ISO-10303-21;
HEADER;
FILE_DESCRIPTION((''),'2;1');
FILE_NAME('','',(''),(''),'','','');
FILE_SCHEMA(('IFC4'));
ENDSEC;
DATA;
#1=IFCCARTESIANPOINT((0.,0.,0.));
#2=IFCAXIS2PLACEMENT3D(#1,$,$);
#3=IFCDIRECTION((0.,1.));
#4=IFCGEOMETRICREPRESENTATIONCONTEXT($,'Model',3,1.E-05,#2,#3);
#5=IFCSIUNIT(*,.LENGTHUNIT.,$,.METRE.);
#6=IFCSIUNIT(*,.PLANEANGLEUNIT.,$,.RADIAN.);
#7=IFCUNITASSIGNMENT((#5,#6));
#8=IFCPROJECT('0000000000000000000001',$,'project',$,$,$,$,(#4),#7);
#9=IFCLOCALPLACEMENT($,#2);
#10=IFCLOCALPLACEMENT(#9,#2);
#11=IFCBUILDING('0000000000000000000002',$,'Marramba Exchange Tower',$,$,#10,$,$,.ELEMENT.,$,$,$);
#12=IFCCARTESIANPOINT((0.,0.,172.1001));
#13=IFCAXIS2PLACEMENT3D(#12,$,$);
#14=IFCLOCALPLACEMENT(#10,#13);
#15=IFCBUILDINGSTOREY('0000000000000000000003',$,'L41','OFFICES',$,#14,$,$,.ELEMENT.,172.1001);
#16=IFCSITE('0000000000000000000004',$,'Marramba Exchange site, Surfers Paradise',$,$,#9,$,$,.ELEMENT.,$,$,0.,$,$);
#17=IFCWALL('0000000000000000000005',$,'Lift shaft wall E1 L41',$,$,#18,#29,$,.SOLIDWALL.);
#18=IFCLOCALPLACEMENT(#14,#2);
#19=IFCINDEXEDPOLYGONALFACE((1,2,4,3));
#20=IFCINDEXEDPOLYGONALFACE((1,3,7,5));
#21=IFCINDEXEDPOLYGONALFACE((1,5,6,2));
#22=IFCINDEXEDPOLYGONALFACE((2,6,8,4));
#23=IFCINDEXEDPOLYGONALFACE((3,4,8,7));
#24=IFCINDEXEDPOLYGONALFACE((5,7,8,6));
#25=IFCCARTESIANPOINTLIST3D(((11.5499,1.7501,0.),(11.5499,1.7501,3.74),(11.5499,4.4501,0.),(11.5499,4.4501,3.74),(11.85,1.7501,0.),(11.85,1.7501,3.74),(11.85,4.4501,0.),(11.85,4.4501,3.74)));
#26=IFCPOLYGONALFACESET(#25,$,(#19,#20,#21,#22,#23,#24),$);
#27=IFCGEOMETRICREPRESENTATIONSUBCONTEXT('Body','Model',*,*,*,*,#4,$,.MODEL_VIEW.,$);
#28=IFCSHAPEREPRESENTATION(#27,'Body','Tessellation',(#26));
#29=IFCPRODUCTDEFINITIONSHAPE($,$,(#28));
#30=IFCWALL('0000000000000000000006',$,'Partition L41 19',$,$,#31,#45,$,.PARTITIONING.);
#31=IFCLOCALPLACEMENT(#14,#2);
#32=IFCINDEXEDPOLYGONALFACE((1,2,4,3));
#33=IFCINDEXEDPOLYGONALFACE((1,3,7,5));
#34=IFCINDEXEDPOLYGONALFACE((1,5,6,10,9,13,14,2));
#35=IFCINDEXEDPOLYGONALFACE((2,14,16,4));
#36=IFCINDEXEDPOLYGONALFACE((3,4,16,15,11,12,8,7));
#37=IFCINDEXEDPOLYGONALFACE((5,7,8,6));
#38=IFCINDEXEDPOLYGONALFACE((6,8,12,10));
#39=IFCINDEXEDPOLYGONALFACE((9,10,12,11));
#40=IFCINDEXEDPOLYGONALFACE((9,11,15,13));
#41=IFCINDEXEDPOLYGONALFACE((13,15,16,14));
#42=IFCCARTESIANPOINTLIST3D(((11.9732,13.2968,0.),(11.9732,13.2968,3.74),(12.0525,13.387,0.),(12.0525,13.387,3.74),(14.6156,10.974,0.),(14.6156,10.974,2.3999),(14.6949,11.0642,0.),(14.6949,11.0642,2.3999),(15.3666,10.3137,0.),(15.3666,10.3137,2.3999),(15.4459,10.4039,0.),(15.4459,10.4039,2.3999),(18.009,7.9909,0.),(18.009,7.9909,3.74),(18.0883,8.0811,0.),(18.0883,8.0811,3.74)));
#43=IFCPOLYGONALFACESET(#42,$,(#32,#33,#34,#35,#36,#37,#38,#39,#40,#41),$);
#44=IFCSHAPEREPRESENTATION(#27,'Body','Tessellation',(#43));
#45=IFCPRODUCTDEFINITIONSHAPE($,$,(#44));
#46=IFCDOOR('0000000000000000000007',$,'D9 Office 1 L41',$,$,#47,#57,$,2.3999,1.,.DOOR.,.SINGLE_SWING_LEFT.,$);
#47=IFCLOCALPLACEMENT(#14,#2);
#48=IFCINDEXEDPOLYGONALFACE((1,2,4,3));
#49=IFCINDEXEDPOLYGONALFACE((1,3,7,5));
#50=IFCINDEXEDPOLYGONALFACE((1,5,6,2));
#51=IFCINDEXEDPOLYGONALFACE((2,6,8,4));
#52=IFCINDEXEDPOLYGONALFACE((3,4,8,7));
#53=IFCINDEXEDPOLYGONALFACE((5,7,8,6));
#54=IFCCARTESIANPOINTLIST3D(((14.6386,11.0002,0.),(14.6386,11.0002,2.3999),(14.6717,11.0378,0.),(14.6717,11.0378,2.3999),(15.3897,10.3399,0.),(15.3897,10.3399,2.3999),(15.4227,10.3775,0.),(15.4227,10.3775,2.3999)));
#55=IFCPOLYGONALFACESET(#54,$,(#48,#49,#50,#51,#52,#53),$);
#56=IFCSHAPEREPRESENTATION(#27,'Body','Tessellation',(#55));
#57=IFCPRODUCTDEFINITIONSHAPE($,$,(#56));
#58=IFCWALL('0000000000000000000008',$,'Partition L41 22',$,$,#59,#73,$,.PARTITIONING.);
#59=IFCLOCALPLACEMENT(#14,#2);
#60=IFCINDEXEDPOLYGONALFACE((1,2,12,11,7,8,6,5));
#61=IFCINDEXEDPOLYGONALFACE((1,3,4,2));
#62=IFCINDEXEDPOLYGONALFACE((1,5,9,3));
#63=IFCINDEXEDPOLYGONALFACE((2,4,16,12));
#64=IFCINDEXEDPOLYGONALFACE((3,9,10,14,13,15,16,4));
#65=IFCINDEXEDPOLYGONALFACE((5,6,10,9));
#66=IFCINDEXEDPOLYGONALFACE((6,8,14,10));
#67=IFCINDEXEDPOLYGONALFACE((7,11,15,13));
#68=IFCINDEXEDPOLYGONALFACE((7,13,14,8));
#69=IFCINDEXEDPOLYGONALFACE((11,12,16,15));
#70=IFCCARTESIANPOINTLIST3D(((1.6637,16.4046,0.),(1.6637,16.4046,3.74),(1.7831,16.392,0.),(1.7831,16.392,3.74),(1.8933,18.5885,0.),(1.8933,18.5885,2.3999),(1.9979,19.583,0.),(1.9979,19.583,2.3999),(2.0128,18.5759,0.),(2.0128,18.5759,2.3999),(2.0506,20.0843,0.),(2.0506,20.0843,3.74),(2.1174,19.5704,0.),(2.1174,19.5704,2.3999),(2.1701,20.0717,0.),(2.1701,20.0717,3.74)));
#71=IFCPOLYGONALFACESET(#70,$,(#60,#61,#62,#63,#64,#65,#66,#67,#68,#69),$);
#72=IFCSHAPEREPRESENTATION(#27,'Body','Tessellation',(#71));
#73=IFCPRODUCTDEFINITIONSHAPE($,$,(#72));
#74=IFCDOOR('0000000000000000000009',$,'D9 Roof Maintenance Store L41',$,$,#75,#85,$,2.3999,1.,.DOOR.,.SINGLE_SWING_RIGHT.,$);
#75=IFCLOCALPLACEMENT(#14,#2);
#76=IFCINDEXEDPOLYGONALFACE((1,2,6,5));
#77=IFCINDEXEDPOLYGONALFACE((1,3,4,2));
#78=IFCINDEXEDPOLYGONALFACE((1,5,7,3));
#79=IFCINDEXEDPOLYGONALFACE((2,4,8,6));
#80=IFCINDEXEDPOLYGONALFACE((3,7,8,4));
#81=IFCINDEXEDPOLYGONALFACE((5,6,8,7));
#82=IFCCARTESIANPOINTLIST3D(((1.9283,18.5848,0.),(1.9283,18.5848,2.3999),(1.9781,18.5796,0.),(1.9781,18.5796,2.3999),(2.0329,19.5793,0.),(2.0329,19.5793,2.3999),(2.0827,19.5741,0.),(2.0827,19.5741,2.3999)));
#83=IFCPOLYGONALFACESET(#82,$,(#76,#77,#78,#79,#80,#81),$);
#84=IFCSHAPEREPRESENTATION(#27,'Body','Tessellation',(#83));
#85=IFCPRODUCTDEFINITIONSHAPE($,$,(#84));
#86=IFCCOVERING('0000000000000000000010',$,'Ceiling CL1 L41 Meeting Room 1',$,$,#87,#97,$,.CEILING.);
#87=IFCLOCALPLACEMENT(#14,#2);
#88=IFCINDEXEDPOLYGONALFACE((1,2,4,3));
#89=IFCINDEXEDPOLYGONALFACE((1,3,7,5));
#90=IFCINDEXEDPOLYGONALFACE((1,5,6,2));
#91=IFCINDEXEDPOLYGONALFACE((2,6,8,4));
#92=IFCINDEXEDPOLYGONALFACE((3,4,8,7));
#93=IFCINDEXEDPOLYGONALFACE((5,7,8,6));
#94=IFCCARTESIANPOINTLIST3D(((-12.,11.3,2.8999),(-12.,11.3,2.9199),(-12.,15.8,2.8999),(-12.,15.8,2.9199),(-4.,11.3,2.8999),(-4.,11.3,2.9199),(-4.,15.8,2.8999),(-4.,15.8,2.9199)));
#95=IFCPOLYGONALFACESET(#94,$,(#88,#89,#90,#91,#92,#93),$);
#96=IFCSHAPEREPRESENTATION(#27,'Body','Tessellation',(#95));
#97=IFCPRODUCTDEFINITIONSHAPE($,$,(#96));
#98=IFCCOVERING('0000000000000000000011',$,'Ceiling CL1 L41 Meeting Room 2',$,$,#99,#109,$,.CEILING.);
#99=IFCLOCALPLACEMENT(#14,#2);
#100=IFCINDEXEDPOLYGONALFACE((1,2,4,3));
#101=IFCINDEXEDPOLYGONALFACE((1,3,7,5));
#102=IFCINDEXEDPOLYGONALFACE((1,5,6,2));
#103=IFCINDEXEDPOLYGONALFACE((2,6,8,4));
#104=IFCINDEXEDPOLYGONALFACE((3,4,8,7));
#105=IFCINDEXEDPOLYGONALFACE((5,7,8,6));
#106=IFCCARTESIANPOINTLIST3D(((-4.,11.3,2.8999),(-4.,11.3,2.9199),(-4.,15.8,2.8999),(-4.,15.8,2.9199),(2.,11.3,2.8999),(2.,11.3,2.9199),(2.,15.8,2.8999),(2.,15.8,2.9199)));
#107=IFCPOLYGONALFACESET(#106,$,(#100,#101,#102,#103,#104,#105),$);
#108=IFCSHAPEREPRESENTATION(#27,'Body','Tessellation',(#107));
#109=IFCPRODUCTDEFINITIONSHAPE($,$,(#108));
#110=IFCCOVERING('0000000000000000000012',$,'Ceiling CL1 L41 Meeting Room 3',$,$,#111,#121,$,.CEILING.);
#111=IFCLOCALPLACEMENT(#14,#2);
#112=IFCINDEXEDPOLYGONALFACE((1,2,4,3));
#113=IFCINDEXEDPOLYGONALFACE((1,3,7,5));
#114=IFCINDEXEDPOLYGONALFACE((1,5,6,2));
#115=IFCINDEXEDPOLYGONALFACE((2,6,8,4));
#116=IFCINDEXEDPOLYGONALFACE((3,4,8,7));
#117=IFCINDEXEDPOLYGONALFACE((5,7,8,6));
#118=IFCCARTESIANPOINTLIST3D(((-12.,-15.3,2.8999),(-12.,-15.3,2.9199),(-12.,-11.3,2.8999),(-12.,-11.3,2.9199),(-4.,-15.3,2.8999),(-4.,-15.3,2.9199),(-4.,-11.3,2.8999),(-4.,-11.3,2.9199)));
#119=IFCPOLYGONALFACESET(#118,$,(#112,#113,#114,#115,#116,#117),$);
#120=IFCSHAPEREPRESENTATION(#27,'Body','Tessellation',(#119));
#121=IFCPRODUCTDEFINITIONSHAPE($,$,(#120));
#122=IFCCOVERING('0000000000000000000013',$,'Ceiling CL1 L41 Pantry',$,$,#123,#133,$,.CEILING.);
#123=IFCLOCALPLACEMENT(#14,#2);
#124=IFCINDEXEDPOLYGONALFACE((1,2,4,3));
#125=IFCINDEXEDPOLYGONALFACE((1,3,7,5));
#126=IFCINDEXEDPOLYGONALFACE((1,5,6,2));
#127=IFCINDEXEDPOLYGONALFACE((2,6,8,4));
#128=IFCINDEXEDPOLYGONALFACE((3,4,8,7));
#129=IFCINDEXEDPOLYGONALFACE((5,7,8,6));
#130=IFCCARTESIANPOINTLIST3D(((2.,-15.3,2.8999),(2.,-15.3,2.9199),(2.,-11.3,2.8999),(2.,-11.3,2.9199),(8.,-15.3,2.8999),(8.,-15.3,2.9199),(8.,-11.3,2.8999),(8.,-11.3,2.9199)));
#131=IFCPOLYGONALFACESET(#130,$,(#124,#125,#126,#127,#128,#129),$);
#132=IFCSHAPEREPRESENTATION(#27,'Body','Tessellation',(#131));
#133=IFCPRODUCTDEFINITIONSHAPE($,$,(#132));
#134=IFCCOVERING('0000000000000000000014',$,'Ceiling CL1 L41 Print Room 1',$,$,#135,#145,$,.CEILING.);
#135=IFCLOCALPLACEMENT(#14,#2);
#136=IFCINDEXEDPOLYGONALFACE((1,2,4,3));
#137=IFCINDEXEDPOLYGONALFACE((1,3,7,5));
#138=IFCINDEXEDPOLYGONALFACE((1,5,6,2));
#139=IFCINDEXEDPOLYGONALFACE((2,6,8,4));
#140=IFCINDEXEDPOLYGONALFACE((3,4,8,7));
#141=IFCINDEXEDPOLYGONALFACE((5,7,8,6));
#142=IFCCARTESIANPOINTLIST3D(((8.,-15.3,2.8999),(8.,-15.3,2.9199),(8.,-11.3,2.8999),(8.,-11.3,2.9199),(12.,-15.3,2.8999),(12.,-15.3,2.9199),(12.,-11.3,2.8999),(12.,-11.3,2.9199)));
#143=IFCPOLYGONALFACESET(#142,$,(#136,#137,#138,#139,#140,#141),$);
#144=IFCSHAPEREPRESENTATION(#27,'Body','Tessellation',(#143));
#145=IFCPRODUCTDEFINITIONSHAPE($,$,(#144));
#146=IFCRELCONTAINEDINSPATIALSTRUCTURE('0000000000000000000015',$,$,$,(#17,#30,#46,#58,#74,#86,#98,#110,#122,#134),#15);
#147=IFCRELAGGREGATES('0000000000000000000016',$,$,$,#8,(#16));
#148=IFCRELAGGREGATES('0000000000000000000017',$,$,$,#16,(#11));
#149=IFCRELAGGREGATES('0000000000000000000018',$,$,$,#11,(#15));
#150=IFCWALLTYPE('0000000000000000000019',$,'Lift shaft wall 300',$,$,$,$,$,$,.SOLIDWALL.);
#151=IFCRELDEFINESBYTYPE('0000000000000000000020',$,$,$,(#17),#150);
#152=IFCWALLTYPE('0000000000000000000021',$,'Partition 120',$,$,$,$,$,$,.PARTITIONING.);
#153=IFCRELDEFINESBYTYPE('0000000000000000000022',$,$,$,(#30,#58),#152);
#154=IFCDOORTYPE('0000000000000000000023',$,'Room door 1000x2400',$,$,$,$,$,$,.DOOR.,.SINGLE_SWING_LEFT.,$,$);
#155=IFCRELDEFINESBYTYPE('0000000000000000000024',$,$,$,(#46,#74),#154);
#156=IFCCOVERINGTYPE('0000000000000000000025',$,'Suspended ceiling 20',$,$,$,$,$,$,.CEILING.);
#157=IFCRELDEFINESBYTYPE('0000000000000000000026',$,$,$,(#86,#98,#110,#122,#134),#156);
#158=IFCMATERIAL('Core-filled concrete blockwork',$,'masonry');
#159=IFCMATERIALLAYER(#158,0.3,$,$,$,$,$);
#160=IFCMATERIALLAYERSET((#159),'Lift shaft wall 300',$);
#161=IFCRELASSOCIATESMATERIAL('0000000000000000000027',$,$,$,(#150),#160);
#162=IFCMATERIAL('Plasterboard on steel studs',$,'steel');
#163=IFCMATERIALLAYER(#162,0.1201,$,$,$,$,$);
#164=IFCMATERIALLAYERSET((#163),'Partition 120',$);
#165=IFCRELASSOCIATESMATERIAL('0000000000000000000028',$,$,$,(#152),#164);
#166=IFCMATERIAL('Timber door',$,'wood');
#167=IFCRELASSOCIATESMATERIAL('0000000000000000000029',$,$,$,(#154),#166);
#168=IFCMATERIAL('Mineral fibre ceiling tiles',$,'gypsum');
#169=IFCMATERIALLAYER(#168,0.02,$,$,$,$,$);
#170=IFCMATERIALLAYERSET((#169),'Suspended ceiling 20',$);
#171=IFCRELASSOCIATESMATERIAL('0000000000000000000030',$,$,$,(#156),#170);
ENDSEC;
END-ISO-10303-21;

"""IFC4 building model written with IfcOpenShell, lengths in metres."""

from ifc_helpers import new_model, si_unit, direction, frame, frame_2d, origin, place, context, subcontext, project, spatial, polyline, rectangle, outline, extrude, material, layer, layer_set, type_object, element, fill, save


model = new_model("IFC4")

# Units and contexts
model_context = context("Model", 3, precision=1e-05, world=origin(), true_north=direction((0.0, 1.0)))
body_context = subcontext(model_context, "Body", "Model", "MODEL_VIEW")
ifc_project = project(units=[si_unit("LENGTHUNIT", "METRE"), si_unit("PLANEANGLEUNIT", "RADIAN")], contexts=[model_context])

# Site, building, storey
site_placement = place(None, origin())
site = spatial("IfcSite", under=ifc_project, at=site_placement, Name="Marramba Exchange site, Surfers Paradise", CompositionType="ELEMENT", RefElevation=0.0)
building_placement = place(site_placement, origin())
building = spatial("IfcBuilding", under=site, at=building_placement, Name="Marramba Exchange Tower", CompositionType="ELEMENT")
storey_placement = place(building_placement, frame((0.0, 0.0, 172.1001)))
storey = spatial("IfcBuildingStorey", under=building, at=storey_placement, Name="L41", Description="OFFICES", CompositionType="ELEMENT", Elevation=172.1001)

# Shared definitions
ifc_material_1 = material(Name="Timber door", Category="wood")

# Wall
ifc_material_2 = material(Name="Core-filled concrete blockwork", Category="masonry")
ifc_layer_1 = layer(ifc_material_2, 0.3)
ifc_layer_set_1 = layer_set([ifc_layer_1], Name="Lift shaft wall 300")
wall_type_1 = type_object("IfcWallType", Name="Lift shaft wall 300", PredefinedType="SOLIDWALL", material=ifc_layer_set_1)
wall_1_placement = place(storey_placement, frame((11.7, 1.75, 0.0), z_axis=(0.0, 0.0, 1.0), x_axis=(0.0, 1.0, 0.0)))
element("IfcWall", 1, at=wall_1_placement, inside=storey, type_object=wall_type_1, Name="Lift shaft wall E1 L41", PredefinedType="SOLIDWALL", context=body_context, shape_type="SweptSolid", body=[
    extrude(rectangle(XDim=2.7, YDim=0.3, at=frame_2d((1.3501, 0.0))), origin(), (0.0, 0.0, 1.0), 3.74),
])

# Walls, openings, doors
ifc_material_3 = material(Name="Plasterboard on steel studs", Category="steel")
ifc_layer_2 = layer(ifc_material_3, 0.1201)
ifc_layer_set_2 = layer_set([ifc_layer_2], Name="Partition 120")
wall_type_2 = type_object("IfcWallType", Name="Partition 120", PredefinedType="PARTITIONING", material=ifc_layer_set_2)
wall_2_placement = place(storey_placement, frame((12.0129, 13.3418, 0.0), z_axis=(0.0, 0.0, 1.0), x_axis=(0.751064, -0.66023, 0.0)))
wall_2 = element("IfcWall", 2, at=wall_2_placement, inside=storey, type_object=wall_type_2, Name="Partition L41 19", PredefinedType="PARTITIONING", context=body_context, shape_type="SweptSolid", body=[
    extrude(rectangle(XDim=8.0364, YDim=0.1201, at=frame_2d((4.0181, 0.0))), origin(), (0.0, 0.0, 1.0), 3.74),
])
opening_1_placement = place(wall_2_placement, frame((3.5181, 0.0, 0.0)))
opening_1 = element("IfcOpeningElement", 3, at=opening_1_placement, cuts=wall_2, PredefinedType="OPENING", context=body_context, shape_type="SweptSolid", body=[
    extrude(rectangle(XDim=1.0, YDim=2.3999, at=frame_2d((0.5, 1.2))), frame((0.0, 0.0701, 0.0), z_axis=(0.0, -1.0, 0.0), x_axis=(1.0, 0.0, 0.0)), (0.0, 0.0, 1.0), 0.1401),
])
door_type_1 = type_object("IfcDoorType", Name="Room door 1000x2400", OperationType="SINGLE_SWING_LEFT", PredefinedType="DOOR", material=ifc_material_1)
door_1_placement = place(opening_1_placement, origin())
door_1 = element("IfcDoor", 4, at=door_1_placement, inside=storey, type_object=door_type_1, Name="D9 Office 1 L41", OperationType="SINGLE_SWING_LEFT", OverallHeight=2.3999, OverallWidth=1.0, PredefinedType="DOOR", context=body_context, shape_type="SweptSolid", body=[
    extrude(rectangle(XDim=1.0, YDim=2.3999, at=frame_2d((0.5, 1.2))), frame((0.0, 0.0249, 0.0), z_axis=(0.0, -1.0, 0.0), x_axis=(1.0, 0.0, 0.0)), (0.0, 0.0, 1.0), 0.05),
])
fill(opening_1, door_1)
wall_3_placement = place(storey_placement, frame((1.7234, 16.3982, 0.0), z_axis=(0.0, 0.0, 1.0), x_axis=(0.104585, 0.994516, 0.0)))
wall_3 = element("IfcWall", 5, at=wall_3_placement, inside=storey, type_object=wall_type_2, Name="Partition L41 22", PredefinedType="PARTITIONING", context=body_context, shape_type="SweptSolid", body=[
    extrude(rectangle(XDim=3.7, YDim=0.1201, at=frame_2d((1.8501, 0.0))), origin(), (0.0, 0.0, 1.0), 3.74),
])
opening_2_placement = place(wall_3_placement, frame((2.196, 0.0, 0.0)))
opening_2 = element("IfcOpeningElement", 6, at=opening_2_placement, cuts=wall_3, PredefinedType="OPENING", context=body_context, shape_type="SweptSolid", body=[
    extrude(rectangle(XDim=1.0, YDim=2.3999, at=frame_2d((0.5, 1.2))), frame((0.0, 0.0701, 0.0), z_axis=(0.0, -1.0, 0.0), x_axis=(1.0, 0.0, 0.0)), (0.0, 0.0, 1.0), 0.1401),
])
door_2_placement = place(opening_2_placement, origin())
door_2 = element("IfcDoor", 7, at=door_2_placement, inside=storey, type_object=door_type_1, Name="D9 Roof Maintenance Store L41", OperationType="SINGLE_SWING_RIGHT", OverallHeight=2.3999, OverallWidth=1.0, PredefinedType="DOOR", context=body_context, shape_type="SweptSolid", body=[
    extrude(rectangle(XDim=1.0, YDim=2.3999, at=frame_2d((0.5, 1.2))), frame((0.0, 0.0249, 0.0), z_axis=(0.0, -1.0, 0.0), x_axis=(1.0, 0.0, 0.0)), (0.0, 0.0, 1.0), 0.05),
])
fill(opening_2, door_2)

# Coverings
ifc_material_4 = material(Name="Mineral fibre ceiling tiles", Category="gypsum")
ifc_layer_3 = layer(ifc_material_4, 0.02)
ifc_layer_set_3 = layer_set([ifc_layer_3], Name="Suspended ceiling 20")
covering_type = type_object("IfcCoveringType", Name="Suspended ceiling 20", PredefinedType="CEILING", material=ifc_layer_set_3)
covering_1_placement = place(storey_placement, frame((0.0, 0.0, 2.8999)))
element("IfcCovering", 8, at=covering_1_placement, inside=storey, type_object=covering_type, Name="Ceiling CL1 L41 Meeting Room 1", PredefinedType="CEILING", context=body_context, shape_type="SweptSolid", body=[
    extrude(outline(polyline([(-4.0, 11.3), (-12.0, 11.3), (-12.0, 15.8), (-4.0, 15.8), (-4.0, 11.3)])), origin(), (0.0, 0.0, 1.0), 0.02),
])
covering_2_placement = place(storey_placement, frame((0.0, 0.0, 2.8999)))
element("IfcCovering", 9, at=covering_2_placement, inside=storey, type_object=covering_type, Name="Ceiling CL1 L41 Meeting Room 2", PredefinedType="CEILING", context=body_context, shape_type="SweptSolid", body=[
    extrude(outline(polyline([(2.0, 15.8), (2.0, 11.3), (-4.0, 11.3), (-4.0, 15.8), (2.0, 15.8)])), origin(), (0.0, 0.0, 1.0), 0.02),
])
covering_3_placement = place(storey_placement, frame((0.0, 0.0, 2.8999)))
element("IfcCovering", 10, at=covering_3_placement, inside=storey, type_object=covering_type, Name="Ceiling CL1 L41 Meeting Room 3", PredefinedType="CEILING", context=body_context, shape_type="SweptSolid", body=[
    extrude(outline(polyline([(-4.0, -15.3), (-12.0, -15.3), (-12.0, -11.3), (-4.0, -11.3), (-4.0, -15.3)])), origin(), (0.0, 0.0, 1.0), 0.02),
])
covering_4_placement = place(storey_placement, frame((0.0, 0.0, 2.8999)))
element("IfcCovering", 11, at=covering_4_placement, inside=storey, type_object=covering_type, Name="Ceiling CL1 L41 Pantry", PredefinedType="CEILING", context=body_context, shape_type="SweptSolid", body=[
    extrude(outline(polyline([(8.0, -15.3), (2.0, -15.3), (2.0, -11.3), (8.0, -11.3), (8.0, -15.3)])), origin(), (0.0, 0.0, 1.0), 0.02),
])
covering_5_placement = place(storey_placement, frame((0.0, 0.0, 2.8999)))
element("IfcCovering", 12, at=covering_5_placement, inside=storey, type_object=covering_type, Name="Ceiling CL1 L41 Print Room 1", PredefinedType="CEILING", context=body_context, shape_type="SweptSolid", body=[
    extrude(outline(polyline([(12.0, -15.3), (8.0, -15.3), (8.0, -11.3), (12.0, -11.3), (12.0, -15.3)])), origin(), (0.0, 0.0, 1.0), 0.02),
])

save(model, "model.ifc")
